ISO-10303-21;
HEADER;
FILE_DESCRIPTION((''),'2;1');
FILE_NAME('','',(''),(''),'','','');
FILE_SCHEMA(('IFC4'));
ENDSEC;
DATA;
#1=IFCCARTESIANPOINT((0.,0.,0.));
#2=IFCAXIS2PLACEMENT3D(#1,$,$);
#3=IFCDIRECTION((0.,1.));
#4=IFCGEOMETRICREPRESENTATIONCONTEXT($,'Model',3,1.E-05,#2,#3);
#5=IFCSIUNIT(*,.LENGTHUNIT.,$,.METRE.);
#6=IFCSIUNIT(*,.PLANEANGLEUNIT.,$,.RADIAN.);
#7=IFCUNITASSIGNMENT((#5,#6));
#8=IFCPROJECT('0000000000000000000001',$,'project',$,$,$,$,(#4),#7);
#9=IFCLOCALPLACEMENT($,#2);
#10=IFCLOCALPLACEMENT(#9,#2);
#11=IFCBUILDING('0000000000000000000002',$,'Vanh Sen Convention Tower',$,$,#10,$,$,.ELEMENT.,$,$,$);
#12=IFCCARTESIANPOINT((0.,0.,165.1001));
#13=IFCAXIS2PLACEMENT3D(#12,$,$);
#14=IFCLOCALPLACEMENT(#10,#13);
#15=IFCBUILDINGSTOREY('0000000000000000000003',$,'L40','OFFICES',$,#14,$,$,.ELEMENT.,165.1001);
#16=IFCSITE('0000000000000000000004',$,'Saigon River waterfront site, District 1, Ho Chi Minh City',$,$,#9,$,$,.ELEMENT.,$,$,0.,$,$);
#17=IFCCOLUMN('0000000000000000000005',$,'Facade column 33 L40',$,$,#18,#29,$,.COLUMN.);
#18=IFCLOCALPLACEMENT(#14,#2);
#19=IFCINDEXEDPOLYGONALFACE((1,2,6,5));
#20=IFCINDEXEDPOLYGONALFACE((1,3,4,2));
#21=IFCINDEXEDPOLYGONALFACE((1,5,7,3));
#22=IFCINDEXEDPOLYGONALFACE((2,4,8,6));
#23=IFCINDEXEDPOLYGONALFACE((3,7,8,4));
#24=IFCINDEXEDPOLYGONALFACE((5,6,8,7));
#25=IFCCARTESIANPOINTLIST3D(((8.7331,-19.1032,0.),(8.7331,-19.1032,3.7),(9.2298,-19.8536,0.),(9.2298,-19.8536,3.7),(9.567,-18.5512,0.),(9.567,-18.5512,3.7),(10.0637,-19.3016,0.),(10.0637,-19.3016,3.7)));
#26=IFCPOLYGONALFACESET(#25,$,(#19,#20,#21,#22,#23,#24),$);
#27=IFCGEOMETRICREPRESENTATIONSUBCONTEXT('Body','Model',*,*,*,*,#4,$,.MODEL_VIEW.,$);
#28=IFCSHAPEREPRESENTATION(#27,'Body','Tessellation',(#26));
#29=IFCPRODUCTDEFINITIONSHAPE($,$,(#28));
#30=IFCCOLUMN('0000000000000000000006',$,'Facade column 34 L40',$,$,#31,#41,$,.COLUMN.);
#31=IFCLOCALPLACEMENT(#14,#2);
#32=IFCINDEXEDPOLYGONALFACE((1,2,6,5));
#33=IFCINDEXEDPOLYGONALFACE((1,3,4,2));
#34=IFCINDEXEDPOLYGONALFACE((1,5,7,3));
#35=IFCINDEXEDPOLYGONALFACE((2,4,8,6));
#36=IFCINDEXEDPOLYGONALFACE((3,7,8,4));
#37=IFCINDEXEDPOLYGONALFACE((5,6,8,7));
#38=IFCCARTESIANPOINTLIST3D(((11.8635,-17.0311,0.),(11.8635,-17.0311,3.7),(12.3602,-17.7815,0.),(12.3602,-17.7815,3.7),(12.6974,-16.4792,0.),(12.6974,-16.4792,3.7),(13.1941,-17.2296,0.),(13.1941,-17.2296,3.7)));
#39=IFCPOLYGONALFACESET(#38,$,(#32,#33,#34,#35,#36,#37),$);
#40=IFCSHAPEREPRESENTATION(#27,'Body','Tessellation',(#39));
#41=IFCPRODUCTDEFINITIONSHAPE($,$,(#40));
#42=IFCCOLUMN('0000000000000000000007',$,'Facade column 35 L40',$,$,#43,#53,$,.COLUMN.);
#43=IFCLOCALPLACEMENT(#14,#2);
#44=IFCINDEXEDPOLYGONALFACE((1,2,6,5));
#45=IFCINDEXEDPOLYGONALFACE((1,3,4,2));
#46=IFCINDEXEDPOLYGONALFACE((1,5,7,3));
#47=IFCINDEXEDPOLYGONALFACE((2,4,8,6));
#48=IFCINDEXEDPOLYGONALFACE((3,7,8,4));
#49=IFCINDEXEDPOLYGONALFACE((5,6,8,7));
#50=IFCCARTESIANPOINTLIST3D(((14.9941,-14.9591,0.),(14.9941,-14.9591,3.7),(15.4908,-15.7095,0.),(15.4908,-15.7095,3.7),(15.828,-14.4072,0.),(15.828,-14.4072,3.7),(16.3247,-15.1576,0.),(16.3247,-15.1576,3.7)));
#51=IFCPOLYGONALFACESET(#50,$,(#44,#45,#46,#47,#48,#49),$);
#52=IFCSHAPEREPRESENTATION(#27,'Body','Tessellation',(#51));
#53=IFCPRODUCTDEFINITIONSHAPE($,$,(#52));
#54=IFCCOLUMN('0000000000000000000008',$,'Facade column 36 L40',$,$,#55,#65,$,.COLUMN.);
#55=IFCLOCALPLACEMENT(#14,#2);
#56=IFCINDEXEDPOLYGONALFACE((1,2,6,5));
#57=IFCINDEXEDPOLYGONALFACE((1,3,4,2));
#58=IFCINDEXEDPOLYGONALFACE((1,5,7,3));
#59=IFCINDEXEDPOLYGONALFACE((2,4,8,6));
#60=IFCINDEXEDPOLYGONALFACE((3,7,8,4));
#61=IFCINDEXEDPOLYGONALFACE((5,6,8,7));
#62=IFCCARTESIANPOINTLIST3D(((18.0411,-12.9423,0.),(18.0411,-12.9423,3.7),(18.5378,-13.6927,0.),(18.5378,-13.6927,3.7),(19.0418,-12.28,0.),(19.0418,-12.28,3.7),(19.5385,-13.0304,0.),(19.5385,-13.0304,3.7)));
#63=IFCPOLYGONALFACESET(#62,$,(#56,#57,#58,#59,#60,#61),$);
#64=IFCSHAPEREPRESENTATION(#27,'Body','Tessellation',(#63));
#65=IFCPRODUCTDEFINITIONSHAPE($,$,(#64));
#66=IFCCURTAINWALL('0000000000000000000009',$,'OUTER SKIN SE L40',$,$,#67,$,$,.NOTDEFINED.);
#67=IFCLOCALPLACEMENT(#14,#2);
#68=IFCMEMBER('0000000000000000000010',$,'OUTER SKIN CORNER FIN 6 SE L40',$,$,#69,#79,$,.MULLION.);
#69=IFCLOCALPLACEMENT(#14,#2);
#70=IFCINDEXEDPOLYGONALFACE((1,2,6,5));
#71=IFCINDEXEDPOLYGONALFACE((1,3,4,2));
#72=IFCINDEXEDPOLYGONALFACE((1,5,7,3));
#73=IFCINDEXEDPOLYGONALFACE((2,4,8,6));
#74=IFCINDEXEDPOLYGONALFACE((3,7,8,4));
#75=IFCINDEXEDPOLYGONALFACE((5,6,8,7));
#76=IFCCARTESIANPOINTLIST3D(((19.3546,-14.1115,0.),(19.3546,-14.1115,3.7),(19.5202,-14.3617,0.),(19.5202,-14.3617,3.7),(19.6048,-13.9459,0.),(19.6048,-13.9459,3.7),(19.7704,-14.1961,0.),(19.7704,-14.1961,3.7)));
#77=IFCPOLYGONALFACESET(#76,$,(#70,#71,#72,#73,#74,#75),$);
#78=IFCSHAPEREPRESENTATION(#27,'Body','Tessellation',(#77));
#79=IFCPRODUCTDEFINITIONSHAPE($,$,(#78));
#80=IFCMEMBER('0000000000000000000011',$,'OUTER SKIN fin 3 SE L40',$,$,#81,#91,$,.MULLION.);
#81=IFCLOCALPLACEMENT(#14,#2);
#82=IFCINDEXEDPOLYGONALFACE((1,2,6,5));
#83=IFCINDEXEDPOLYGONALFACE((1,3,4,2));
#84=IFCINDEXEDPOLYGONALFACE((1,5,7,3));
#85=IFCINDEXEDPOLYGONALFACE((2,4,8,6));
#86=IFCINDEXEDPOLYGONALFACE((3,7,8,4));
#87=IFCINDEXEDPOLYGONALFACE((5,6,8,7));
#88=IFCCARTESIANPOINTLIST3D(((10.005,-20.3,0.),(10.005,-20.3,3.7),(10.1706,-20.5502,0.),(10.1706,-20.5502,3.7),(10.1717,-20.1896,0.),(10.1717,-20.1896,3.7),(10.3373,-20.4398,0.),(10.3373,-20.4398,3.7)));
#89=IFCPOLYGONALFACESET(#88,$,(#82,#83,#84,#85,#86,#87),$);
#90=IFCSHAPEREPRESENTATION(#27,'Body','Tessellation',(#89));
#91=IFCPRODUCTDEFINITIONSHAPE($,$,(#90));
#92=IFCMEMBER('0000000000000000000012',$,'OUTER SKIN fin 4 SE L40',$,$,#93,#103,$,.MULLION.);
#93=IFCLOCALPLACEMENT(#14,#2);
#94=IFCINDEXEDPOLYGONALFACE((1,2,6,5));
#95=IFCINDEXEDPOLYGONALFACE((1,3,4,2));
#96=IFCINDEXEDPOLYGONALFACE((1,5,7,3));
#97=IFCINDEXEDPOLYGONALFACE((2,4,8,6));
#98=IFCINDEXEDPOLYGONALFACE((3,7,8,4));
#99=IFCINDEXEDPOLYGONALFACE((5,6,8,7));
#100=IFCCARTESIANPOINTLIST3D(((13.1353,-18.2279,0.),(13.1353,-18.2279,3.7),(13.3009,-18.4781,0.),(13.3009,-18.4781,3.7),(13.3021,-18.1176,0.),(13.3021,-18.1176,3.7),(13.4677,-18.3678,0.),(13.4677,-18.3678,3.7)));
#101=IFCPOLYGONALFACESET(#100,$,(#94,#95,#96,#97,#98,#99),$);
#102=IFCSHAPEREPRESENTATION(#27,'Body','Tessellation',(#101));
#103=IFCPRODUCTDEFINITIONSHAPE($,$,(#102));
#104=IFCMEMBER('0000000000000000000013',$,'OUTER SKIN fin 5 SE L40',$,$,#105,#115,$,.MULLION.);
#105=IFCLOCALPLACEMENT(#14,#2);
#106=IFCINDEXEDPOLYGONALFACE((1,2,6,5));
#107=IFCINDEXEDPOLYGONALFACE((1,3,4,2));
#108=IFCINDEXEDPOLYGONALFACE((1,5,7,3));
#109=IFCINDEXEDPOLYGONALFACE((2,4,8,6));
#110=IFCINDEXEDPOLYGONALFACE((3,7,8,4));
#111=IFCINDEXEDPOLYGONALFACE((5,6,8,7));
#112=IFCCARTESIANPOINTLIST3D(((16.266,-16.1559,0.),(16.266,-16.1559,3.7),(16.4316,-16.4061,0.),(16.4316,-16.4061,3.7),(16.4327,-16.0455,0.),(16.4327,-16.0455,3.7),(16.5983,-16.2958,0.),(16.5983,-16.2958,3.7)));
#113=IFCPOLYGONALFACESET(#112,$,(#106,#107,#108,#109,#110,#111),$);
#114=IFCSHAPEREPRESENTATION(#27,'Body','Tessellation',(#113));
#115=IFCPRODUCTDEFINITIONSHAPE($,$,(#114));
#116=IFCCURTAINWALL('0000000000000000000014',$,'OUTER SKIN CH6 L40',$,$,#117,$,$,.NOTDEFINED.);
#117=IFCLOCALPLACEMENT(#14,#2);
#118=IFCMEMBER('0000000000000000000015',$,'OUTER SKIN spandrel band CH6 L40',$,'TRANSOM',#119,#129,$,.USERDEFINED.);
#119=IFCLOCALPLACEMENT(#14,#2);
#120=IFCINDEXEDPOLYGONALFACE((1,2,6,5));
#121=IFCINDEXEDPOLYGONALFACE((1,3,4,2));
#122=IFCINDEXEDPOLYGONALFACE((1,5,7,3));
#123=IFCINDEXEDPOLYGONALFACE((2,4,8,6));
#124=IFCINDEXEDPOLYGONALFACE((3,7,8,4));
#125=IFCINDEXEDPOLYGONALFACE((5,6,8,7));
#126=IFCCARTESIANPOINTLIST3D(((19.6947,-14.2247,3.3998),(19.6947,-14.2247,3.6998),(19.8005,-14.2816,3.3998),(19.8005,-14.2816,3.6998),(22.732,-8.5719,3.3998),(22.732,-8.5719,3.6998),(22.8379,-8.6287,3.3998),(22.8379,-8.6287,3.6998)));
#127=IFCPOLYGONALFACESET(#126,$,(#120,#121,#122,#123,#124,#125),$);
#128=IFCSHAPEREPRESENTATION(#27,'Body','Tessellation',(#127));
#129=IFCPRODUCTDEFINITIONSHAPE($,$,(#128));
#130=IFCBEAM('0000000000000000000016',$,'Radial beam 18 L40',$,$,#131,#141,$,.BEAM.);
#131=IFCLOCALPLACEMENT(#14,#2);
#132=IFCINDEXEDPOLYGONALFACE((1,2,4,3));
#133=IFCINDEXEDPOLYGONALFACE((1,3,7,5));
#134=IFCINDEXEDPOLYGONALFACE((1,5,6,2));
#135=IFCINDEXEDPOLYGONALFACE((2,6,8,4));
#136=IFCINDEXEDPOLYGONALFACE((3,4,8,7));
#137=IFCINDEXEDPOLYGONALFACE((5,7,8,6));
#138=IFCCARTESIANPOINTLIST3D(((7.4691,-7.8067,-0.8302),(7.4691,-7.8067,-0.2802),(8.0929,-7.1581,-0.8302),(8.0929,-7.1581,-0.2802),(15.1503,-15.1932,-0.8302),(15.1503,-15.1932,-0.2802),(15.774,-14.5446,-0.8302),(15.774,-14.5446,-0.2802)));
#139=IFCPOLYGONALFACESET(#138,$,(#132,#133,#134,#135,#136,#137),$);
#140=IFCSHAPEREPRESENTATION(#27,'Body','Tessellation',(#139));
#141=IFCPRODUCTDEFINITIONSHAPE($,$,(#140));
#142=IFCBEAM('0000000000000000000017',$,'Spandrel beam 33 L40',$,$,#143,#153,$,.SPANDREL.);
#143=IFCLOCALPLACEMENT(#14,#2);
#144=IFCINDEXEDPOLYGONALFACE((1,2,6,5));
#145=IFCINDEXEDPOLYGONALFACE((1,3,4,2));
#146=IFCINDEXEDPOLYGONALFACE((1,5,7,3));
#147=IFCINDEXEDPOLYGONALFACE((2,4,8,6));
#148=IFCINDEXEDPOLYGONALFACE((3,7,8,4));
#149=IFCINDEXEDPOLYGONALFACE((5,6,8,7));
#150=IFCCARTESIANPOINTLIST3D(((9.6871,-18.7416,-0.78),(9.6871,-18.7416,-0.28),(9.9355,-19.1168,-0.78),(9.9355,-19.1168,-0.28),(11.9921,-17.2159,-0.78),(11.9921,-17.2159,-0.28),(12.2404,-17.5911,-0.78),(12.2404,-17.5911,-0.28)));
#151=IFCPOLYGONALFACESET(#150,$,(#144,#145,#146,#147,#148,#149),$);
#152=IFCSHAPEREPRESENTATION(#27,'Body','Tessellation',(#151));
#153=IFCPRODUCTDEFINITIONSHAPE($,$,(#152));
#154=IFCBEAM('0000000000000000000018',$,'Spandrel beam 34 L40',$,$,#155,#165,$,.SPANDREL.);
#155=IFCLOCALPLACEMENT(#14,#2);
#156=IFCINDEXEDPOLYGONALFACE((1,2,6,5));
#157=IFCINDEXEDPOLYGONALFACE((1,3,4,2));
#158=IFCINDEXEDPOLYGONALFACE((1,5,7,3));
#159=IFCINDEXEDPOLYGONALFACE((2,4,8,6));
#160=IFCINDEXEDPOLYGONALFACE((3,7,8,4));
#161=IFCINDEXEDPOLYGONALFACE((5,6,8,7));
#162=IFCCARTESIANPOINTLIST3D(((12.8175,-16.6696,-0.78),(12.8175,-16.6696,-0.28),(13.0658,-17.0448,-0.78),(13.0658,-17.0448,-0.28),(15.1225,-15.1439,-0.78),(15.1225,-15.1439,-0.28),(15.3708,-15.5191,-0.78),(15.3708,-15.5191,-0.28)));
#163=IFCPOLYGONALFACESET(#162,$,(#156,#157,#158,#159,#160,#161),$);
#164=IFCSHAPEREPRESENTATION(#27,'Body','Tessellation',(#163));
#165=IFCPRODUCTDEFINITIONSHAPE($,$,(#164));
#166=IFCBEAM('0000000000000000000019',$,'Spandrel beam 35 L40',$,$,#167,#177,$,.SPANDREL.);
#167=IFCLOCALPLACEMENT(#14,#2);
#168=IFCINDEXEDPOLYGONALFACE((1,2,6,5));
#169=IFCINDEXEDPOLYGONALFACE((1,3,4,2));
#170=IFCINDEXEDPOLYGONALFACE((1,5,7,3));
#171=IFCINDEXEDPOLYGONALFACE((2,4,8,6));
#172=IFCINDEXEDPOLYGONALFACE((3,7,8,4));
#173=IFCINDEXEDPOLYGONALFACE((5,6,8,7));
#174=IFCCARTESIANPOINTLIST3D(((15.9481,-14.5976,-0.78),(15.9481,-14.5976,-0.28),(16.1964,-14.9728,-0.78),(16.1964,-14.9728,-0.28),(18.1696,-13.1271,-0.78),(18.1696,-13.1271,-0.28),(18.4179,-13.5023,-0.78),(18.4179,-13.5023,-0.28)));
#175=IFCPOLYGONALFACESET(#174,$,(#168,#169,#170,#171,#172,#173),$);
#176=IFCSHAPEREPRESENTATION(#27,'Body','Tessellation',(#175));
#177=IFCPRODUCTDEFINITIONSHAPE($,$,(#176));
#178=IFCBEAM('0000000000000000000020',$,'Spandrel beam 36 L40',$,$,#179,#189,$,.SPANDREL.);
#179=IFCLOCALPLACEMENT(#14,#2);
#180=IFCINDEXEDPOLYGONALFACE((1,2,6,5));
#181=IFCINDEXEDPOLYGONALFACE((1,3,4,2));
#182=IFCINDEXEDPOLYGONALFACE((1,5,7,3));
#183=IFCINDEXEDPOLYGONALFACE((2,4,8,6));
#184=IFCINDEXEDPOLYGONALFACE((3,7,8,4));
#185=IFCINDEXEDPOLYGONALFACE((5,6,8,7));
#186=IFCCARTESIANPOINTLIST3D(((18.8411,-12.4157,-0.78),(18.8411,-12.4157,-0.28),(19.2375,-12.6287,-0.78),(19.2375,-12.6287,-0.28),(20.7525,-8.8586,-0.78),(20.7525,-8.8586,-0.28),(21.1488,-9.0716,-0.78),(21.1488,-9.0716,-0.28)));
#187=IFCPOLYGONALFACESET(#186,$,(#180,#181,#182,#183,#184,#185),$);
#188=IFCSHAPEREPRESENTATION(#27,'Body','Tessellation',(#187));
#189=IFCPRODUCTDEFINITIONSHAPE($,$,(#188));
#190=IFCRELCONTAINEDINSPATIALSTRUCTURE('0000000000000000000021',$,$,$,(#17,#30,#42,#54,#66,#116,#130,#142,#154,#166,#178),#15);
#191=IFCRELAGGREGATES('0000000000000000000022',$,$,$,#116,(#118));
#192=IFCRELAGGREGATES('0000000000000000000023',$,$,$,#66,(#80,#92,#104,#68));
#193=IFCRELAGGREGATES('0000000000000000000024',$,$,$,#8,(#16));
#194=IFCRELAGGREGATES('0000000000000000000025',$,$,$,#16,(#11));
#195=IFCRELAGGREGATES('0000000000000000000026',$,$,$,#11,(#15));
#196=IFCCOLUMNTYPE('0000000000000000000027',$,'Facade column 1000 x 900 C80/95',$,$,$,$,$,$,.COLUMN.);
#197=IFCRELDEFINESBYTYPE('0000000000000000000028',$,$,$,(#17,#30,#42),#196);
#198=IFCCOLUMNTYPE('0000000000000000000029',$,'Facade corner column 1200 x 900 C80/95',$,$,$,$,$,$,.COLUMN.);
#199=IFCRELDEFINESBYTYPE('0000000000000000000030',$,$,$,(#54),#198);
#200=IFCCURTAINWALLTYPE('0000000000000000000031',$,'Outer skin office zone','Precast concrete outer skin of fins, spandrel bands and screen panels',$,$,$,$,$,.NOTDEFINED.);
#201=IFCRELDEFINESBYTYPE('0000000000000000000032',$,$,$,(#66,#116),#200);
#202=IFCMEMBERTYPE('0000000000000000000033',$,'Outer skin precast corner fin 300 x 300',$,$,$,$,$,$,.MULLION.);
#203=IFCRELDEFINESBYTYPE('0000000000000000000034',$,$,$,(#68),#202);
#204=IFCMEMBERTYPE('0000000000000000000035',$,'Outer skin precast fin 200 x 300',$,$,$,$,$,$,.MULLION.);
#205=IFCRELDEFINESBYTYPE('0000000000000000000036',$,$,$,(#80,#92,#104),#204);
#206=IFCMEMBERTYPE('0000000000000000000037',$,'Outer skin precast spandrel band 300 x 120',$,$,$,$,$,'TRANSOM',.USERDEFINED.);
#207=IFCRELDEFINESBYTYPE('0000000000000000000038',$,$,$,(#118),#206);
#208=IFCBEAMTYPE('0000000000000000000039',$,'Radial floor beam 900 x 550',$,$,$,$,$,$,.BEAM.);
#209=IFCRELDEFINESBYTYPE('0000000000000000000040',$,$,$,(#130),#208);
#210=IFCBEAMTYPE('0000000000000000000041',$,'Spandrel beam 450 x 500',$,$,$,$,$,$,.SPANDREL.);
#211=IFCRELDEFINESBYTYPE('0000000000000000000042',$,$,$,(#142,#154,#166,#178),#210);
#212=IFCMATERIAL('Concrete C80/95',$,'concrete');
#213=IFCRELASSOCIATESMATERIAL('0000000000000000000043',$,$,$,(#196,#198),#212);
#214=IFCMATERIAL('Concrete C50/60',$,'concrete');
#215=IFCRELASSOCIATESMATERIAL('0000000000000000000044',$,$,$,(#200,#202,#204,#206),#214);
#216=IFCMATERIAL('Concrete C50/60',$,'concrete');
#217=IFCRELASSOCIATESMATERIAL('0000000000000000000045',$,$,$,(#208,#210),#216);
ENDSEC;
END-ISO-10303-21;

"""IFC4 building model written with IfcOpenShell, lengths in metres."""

from ifc_helpers import new_model, si_unit, direction, frame, origin, origin_2d, place, context, subcontext, project, spatial, rectangle, extrude, material, material_profile, profile_set, type_object, element, aggregate, save


model = new_model("IFC4")

# Units and contexts
model_context = context("Model", 3, precision=1e-05, world=origin(), true_north=direction((0.0, 1.0)))
body_context = subcontext(model_context, "Body", "Model", "MODEL_VIEW")
ifc_project = project(units=[si_unit("LENGTHUNIT", "METRE"), si_unit("PLANEANGLEUNIT", "RADIAN")], contexts=[model_context])

# Site, building, storey
site_placement = place(None, origin())
site = spatial("IfcSite", under=ifc_project, at=site_placement, Name="Saigon River waterfront site, District 1, Ho Chi Minh City", CompositionType="ELEMENT", RefElevation=0.0)
building_placement = place(site_placement, origin())
building = spatial("IfcBuilding", under=site, at=building_placement, Name="Vanh Sen Convention Tower", CompositionType="ELEMENT")
storey_placement = place(building_placement, frame((0.0, 0.0, 165.1001)))
storey = spatial("IfcBuildingStorey", under=building, at=storey_placement, Name="L40", Description="OFFICES", CompositionType="ELEMENT", Elevation=165.1001)

# Columns
ifc_material_1 = material(Name="Concrete C80/95", Category="concrete")
ifc_material_profile_1 = material_profile(ifc_material_1, rectangle(XDim=1.0, YDim=0.8999, at=origin_2d()), Name="RC 1000X900")
ifc_profile_set_1 = profile_set([ifc_material_profile_1], Name="Concrete C80/95")
column_type_1 = type_object("IfcColumnType", Name="Facade column 1000 x 900 C80/95", PredefinedType="COLUMN", material=ifc_profile_set_1)
for number, where, z_axis, x_axis, name in (
    (1, (9.3984, -19.2024, 0.0), (0.0, 0.0, 1.0), (0.833886, 0.551937, 0.0), "Facade column 33 L40"),
    (2, (12.5288, -17.1304, 0.0), (0.0, 0.0, 1.0), (0.833886, 0.551937, 0.0), "Facade column 34 L40"),
    (3, (15.6594, -15.0583, 0.0), (0.0, 0.0, 1.0), (0.833886, 0.551937, 0.0), "Facade column 35 L40"),
):
    element("IfcColumn", number, at=place(storey_placement, frame(where, z_axis=z_axis, x_axis=x_axis)), inside=storey, type_object=column_type_1, Name=name, PredefinedType="COLUMN", context=body_context, shape_type="SweptSolid", body=[
        extrude(rectangle(XDim=1.0, YDim=0.8999, at=origin_2d()), origin(), (0.0, 0.0, 1.0), 3.7),
    ])
ifc_material_profile_2 = material_profile(ifc_material_1, rectangle(XDim=1.2, YDim=0.8999, at=origin_2d()), Name="RC 1200X900")
ifc_profile_set_2 = profile_set([ifc_material_profile_2], Name="Concrete C80/95")
column_type_2 = type_object("IfcColumnType", Name="Facade corner column 1200 x 900 C80/95", PredefinedType="COLUMN", material=ifc_profile_set_2)
column_placement = place(storey_placement, frame((18.7898, -12.9863, 0.0), z_axis=(0.0, 0.0, 1.0), x_axis=(0.833886, 0.551937, 0.0)))
element("IfcColumn", 4, at=column_placement, inside=storey, type_object=column_type_2, Name="Facade column 36 L40", PredefinedType="COLUMN", context=body_context, shape_type="SweptSolid", body=[
    extrude(rectangle(XDim=1.2, YDim=0.8999, at=origin_2d()), origin(), (0.0, 0.0, 1.0), 3.7),
])

# Curtain wall, members
ifc_material_2 = material(Name="Concrete C50/60", Category="concrete")
curtain_wall_type = type_object("IfcCurtainWallType", Name="Outer skin office zone", Description="Precast concrete outer skin of fins, spandrel bands and screen panels", PredefinedType="NOTDEFINED", material=ifc_material_2)
curtain_wall_1_placement = place(storey_placement, origin())
curtain_wall_1 = element("IfcCurtainWall", 5, at=curtain_wall_1_placement, inside=storey, type_object=curtain_wall_type, Name="OUTER SKIN SE L40", PredefinedType="NOTDEFINED")
ifc_material_profile_3 = material_profile(ifc_material_2, rectangle(XDim=0.3, YDim=0.3, at=origin_2d()), Name="Outer skin precast corner fin 300 x 300")
ifc_profile_set_3 = profile_set([ifc_material_profile_3], Name="Concrete C50/60")
member_type_1 = type_object("IfcMemberType", Name="Outer skin precast corner fin 300 x 300", PredefinedType="MULLION", material=ifc_profile_set_3)
member_1_placement = place(storey_placement, frame((19.5625, -14.1538, 0.0), z_axis=(0.0, 0.0, 1.0), x_axis=(0.833886, 0.551937, 0.0)))
member_1 = element("IfcMember", 6, at=member_1_placement, type_object=member_type_1, Name="OUTER SKIN CORNER FIN 6 SE L40", PredefinedType="MULLION", context=body_context, shape_type="SweptSolid", body=[
    extrude(rectangle(XDim=0.3, YDim=0.3, at=origin_2d()), origin(), (0.0, 0.0, 1.0), 3.7),
])
ifc_material_profile_4 = material_profile(ifc_material_2, rectangle(XDim=0.2, YDim=0.3, at=origin_2d()), Name="Outer skin precast fin 200 x 300")
ifc_profile_set_4 = profile_set([ifc_material_profile_4], Name="Concrete C50/60")
member_type_2 = type_object("IfcMemberType", Name="Outer skin precast fin 200 x 300", PredefinedType="MULLION", material=ifc_profile_set_4)
member_2_placement = place(storey_placement, frame((10.1711, -20.3699, 0.0), z_axis=(0.0, 0.0, 1.0), x_axis=(0.833886, 0.551937, 0.0)))
member_2 = element("IfcMember", 7, at=member_2_placement, type_object=member_type_2, Name="OUTER SKIN fin 3 SE L40", PredefinedType="MULLION", context=body_context, shape_type="SweptSolid", body=[
    extrude(rectangle(XDim=0.2, YDim=0.3, at=origin_2d()), origin(), (0.0, 0.0, 1.0), 3.7),
])
member_3_placement = place(storey_placement, frame((13.3015, -18.2979, 0.0), z_axis=(0.0, 0.0, 1.0), x_axis=(0.833886, 0.551937, 0.0)))
member_3 = element("IfcMember", 8, at=member_3_placement, type_object=member_type_2, Name="OUTER SKIN fin 4 SE L40", PredefinedType="MULLION", context=body_context, shape_type="SweptSolid", body=[
    extrude(rectangle(XDim=0.2, YDim=0.3, at=origin_2d()), origin(), (0.0, 0.0, 1.0), 3.7),
])
member_4_placement = place(storey_placement, frame((16.4321, -16.2258, 0.0), z_axis=(0.0, 0.0, 1.0), x_axis=(0.833886, 0.551937, 0.0)))
member_4 = element("IfcMember", 9, at=member_4_placement, type_object=member_type_2, Name="OUTER SKIN fin 5 SE L40", PredefinedType="MULLION", context=body_context, shape_type="SweptSolid", body=[
    extrude(rectangle(XDim=0.2, YDim=0.3, at=origin_2d()), origin(), (0.0, 0.0, 1.0), 3.7),
])

# Curtain wall, member
curtain_wall_2_placement = place(storey_placement, origin())
curtain_wall_2 = element("IfcCurtainWall", 10, at=curtain_wall_2_placement, inside=storey, type_object=curtain_wall_type, Name="OUTER SKIN CH6 L40", PredefinedType="NOTDEFINED")
ifc_material_profile_5 = material_profile(ifc_material_2, rectangle(XDim=0.1201, YDim=0.3, at=origin_2d()), Name="Outer skin precast spandrel band 300 x 120")
ifc_profile_set_5 = profile_set([ifc_material_profile_5], Name="Concrete C50/60")
member_type_3 = type_object("IfcMemberType", Name="Outer skin precast spandrel band 300 x 120", ElementType="TRANSOM", PredefinedType="USERDEFINED", material=ifc_profile_set_5)
member_5_placement = place(storey_placement, frame((19.7476, -14.2532, 3.5498), z_axis=(0.473317, 0.880892, 0.0), x_axis=(-0.880892, 0.473317, 0.0)))
member_5 = element("IfcMember", 11, at=member_5_placement, type_object=member_type_3, Name="OUTER SKIN spandrel band CH6 L40", ObjectType="TRANSOM", PredefinedType="USERDEFINED", context=body_context, shape_type="SweptSolid", body=[
    extrude(rectangle(XDim=0.1201, YDim=0.3, at=origin_2d()), origin(), (0.0, 0.0, 1.0), 6.4172),
])
aggregate(curtain_wall_2, [member_5])

# Beams
ifc_material_3 = material(Name="Concrete C50/60", Category="concrete")
ifc_material_profile_6 = material_profile(ifc_material_3, rectangle(XDim=0.8999, YDim=0.55, at=origin_2d()), Name="RC 900X550")
ifc_profile_set_6 = profile_set([ifc_material_profile_6], Name="Concrete C50/60")
beam_type_1 = type_object("IfcBeamType", Name="Radial floor beam 900 x 550", PredefinedType="BEAM", material=ifc_profile_set_6)
beam_1_placement = place(storey_placement, frame((15.4622, -14.8689, -0.5552), z_axis=(-0.720798, 0.693145, 0.0), x_axis=(-0.693145, -0.720798, 0.0)))
element("IfcBeam", 12, at=beam_1_placement, inside=storey, type_object=beam_type_1, Name="Radial beam 18 L40", PredefinedType="BEAM", context=body_context, shape_type="SweptSolid", body=[
    extrude(rectangle(XDim=0.8999, YDim=0.55, at=origin_2d()), origin(), (0.0, 0.0, 1.0), 10.6565),
])
ifc_material_profile_7 = material_profile(ifc_material_3, rectangle(XDim=0.45, YDim=0.5, at=origin_2d()), Name="RC 450X500")
ifc_profile_set_7 = profile_set([ifc_material_profile_7], Name="Concrete C50/60")
beam_type_2 = type_object("IfcBeamType", Name="Spandrel beam 450 x 500", PredefinedType="SPANDREL", material=ifc_profile_set_7)
for number, where, z_axis, x_axis, name in (
    (13, (9.8113, -18.9292, -0.53), (0.83388, 0.551945, 0.0), (-0.551945, 0.83388, 0.0), "Spandrel beam 33 L40"),
    (14, (12.9417, -16.8572, -0.53), (0.83388, 0.551945, 0.0), (-0.551945, 0.83388, 0.0), "Spandrel beam 34 L40"),
):
    element("IfcBeam", number, at=place(storey_placement, frame(where, z_axis=z_axis, x_axis=x_axis)), inside=storey, type_object=beam_type_2, Name=name, PredefinedType="SPANDREL", context=body_context, shape_type="SweptSolid", body=[
        extrude(rectangle(XDim=0.45, YDim=0.5, at=origin_2d()), origin(), (0.0, 0.0, 1.0), 2.7642),
    ])
beam_2_placement = place(storey_placement, frame((16.0723, -14.7852, -0.53), z_axis=(0.833865, 0.551969, 0.0), x_axis=(-0.551969, 0.833865, 0.0)))
element("IfcBeam", 15, at=beam_2_placement, inside=storey, type_object=beam_type_2, Name="Spandrel beam 35 L40", PredefinedType="SPANDREL", context=body_context, shape_type="SweptSolid", body=[
    extrude(rectangle(XDim=0.45, YDim=0.5, at=origin_2d()), origin(), (0.0, 0.0, 1.0), 2.6641),
])
beam_3_placement = place(storey_placement, frame((19.0393, -12.5222, -0.53), z_axis=(0.473332, 0.880884, 0.0), x_axis=(-0.880884, 0.473332, 0.0)))
element("IfcBeam", 16, at=beam_3_placement, inside=storey, type_object=beam_type_2, Name="Spandrel beam 36 L40", PredefinedType="SPANDREL", context=body_context, shape_type="SweptSolid", body=[
    extrude(rectangle(XDim=0.45, YDim=0.5, at=origin_2d()), origin(), (0.0, 0.0, 1.0), 4.0381),
])

aggregate(curtain_wall_1, [member_2, member_3, member_4, member_1])

save(model, "model.ifc")
